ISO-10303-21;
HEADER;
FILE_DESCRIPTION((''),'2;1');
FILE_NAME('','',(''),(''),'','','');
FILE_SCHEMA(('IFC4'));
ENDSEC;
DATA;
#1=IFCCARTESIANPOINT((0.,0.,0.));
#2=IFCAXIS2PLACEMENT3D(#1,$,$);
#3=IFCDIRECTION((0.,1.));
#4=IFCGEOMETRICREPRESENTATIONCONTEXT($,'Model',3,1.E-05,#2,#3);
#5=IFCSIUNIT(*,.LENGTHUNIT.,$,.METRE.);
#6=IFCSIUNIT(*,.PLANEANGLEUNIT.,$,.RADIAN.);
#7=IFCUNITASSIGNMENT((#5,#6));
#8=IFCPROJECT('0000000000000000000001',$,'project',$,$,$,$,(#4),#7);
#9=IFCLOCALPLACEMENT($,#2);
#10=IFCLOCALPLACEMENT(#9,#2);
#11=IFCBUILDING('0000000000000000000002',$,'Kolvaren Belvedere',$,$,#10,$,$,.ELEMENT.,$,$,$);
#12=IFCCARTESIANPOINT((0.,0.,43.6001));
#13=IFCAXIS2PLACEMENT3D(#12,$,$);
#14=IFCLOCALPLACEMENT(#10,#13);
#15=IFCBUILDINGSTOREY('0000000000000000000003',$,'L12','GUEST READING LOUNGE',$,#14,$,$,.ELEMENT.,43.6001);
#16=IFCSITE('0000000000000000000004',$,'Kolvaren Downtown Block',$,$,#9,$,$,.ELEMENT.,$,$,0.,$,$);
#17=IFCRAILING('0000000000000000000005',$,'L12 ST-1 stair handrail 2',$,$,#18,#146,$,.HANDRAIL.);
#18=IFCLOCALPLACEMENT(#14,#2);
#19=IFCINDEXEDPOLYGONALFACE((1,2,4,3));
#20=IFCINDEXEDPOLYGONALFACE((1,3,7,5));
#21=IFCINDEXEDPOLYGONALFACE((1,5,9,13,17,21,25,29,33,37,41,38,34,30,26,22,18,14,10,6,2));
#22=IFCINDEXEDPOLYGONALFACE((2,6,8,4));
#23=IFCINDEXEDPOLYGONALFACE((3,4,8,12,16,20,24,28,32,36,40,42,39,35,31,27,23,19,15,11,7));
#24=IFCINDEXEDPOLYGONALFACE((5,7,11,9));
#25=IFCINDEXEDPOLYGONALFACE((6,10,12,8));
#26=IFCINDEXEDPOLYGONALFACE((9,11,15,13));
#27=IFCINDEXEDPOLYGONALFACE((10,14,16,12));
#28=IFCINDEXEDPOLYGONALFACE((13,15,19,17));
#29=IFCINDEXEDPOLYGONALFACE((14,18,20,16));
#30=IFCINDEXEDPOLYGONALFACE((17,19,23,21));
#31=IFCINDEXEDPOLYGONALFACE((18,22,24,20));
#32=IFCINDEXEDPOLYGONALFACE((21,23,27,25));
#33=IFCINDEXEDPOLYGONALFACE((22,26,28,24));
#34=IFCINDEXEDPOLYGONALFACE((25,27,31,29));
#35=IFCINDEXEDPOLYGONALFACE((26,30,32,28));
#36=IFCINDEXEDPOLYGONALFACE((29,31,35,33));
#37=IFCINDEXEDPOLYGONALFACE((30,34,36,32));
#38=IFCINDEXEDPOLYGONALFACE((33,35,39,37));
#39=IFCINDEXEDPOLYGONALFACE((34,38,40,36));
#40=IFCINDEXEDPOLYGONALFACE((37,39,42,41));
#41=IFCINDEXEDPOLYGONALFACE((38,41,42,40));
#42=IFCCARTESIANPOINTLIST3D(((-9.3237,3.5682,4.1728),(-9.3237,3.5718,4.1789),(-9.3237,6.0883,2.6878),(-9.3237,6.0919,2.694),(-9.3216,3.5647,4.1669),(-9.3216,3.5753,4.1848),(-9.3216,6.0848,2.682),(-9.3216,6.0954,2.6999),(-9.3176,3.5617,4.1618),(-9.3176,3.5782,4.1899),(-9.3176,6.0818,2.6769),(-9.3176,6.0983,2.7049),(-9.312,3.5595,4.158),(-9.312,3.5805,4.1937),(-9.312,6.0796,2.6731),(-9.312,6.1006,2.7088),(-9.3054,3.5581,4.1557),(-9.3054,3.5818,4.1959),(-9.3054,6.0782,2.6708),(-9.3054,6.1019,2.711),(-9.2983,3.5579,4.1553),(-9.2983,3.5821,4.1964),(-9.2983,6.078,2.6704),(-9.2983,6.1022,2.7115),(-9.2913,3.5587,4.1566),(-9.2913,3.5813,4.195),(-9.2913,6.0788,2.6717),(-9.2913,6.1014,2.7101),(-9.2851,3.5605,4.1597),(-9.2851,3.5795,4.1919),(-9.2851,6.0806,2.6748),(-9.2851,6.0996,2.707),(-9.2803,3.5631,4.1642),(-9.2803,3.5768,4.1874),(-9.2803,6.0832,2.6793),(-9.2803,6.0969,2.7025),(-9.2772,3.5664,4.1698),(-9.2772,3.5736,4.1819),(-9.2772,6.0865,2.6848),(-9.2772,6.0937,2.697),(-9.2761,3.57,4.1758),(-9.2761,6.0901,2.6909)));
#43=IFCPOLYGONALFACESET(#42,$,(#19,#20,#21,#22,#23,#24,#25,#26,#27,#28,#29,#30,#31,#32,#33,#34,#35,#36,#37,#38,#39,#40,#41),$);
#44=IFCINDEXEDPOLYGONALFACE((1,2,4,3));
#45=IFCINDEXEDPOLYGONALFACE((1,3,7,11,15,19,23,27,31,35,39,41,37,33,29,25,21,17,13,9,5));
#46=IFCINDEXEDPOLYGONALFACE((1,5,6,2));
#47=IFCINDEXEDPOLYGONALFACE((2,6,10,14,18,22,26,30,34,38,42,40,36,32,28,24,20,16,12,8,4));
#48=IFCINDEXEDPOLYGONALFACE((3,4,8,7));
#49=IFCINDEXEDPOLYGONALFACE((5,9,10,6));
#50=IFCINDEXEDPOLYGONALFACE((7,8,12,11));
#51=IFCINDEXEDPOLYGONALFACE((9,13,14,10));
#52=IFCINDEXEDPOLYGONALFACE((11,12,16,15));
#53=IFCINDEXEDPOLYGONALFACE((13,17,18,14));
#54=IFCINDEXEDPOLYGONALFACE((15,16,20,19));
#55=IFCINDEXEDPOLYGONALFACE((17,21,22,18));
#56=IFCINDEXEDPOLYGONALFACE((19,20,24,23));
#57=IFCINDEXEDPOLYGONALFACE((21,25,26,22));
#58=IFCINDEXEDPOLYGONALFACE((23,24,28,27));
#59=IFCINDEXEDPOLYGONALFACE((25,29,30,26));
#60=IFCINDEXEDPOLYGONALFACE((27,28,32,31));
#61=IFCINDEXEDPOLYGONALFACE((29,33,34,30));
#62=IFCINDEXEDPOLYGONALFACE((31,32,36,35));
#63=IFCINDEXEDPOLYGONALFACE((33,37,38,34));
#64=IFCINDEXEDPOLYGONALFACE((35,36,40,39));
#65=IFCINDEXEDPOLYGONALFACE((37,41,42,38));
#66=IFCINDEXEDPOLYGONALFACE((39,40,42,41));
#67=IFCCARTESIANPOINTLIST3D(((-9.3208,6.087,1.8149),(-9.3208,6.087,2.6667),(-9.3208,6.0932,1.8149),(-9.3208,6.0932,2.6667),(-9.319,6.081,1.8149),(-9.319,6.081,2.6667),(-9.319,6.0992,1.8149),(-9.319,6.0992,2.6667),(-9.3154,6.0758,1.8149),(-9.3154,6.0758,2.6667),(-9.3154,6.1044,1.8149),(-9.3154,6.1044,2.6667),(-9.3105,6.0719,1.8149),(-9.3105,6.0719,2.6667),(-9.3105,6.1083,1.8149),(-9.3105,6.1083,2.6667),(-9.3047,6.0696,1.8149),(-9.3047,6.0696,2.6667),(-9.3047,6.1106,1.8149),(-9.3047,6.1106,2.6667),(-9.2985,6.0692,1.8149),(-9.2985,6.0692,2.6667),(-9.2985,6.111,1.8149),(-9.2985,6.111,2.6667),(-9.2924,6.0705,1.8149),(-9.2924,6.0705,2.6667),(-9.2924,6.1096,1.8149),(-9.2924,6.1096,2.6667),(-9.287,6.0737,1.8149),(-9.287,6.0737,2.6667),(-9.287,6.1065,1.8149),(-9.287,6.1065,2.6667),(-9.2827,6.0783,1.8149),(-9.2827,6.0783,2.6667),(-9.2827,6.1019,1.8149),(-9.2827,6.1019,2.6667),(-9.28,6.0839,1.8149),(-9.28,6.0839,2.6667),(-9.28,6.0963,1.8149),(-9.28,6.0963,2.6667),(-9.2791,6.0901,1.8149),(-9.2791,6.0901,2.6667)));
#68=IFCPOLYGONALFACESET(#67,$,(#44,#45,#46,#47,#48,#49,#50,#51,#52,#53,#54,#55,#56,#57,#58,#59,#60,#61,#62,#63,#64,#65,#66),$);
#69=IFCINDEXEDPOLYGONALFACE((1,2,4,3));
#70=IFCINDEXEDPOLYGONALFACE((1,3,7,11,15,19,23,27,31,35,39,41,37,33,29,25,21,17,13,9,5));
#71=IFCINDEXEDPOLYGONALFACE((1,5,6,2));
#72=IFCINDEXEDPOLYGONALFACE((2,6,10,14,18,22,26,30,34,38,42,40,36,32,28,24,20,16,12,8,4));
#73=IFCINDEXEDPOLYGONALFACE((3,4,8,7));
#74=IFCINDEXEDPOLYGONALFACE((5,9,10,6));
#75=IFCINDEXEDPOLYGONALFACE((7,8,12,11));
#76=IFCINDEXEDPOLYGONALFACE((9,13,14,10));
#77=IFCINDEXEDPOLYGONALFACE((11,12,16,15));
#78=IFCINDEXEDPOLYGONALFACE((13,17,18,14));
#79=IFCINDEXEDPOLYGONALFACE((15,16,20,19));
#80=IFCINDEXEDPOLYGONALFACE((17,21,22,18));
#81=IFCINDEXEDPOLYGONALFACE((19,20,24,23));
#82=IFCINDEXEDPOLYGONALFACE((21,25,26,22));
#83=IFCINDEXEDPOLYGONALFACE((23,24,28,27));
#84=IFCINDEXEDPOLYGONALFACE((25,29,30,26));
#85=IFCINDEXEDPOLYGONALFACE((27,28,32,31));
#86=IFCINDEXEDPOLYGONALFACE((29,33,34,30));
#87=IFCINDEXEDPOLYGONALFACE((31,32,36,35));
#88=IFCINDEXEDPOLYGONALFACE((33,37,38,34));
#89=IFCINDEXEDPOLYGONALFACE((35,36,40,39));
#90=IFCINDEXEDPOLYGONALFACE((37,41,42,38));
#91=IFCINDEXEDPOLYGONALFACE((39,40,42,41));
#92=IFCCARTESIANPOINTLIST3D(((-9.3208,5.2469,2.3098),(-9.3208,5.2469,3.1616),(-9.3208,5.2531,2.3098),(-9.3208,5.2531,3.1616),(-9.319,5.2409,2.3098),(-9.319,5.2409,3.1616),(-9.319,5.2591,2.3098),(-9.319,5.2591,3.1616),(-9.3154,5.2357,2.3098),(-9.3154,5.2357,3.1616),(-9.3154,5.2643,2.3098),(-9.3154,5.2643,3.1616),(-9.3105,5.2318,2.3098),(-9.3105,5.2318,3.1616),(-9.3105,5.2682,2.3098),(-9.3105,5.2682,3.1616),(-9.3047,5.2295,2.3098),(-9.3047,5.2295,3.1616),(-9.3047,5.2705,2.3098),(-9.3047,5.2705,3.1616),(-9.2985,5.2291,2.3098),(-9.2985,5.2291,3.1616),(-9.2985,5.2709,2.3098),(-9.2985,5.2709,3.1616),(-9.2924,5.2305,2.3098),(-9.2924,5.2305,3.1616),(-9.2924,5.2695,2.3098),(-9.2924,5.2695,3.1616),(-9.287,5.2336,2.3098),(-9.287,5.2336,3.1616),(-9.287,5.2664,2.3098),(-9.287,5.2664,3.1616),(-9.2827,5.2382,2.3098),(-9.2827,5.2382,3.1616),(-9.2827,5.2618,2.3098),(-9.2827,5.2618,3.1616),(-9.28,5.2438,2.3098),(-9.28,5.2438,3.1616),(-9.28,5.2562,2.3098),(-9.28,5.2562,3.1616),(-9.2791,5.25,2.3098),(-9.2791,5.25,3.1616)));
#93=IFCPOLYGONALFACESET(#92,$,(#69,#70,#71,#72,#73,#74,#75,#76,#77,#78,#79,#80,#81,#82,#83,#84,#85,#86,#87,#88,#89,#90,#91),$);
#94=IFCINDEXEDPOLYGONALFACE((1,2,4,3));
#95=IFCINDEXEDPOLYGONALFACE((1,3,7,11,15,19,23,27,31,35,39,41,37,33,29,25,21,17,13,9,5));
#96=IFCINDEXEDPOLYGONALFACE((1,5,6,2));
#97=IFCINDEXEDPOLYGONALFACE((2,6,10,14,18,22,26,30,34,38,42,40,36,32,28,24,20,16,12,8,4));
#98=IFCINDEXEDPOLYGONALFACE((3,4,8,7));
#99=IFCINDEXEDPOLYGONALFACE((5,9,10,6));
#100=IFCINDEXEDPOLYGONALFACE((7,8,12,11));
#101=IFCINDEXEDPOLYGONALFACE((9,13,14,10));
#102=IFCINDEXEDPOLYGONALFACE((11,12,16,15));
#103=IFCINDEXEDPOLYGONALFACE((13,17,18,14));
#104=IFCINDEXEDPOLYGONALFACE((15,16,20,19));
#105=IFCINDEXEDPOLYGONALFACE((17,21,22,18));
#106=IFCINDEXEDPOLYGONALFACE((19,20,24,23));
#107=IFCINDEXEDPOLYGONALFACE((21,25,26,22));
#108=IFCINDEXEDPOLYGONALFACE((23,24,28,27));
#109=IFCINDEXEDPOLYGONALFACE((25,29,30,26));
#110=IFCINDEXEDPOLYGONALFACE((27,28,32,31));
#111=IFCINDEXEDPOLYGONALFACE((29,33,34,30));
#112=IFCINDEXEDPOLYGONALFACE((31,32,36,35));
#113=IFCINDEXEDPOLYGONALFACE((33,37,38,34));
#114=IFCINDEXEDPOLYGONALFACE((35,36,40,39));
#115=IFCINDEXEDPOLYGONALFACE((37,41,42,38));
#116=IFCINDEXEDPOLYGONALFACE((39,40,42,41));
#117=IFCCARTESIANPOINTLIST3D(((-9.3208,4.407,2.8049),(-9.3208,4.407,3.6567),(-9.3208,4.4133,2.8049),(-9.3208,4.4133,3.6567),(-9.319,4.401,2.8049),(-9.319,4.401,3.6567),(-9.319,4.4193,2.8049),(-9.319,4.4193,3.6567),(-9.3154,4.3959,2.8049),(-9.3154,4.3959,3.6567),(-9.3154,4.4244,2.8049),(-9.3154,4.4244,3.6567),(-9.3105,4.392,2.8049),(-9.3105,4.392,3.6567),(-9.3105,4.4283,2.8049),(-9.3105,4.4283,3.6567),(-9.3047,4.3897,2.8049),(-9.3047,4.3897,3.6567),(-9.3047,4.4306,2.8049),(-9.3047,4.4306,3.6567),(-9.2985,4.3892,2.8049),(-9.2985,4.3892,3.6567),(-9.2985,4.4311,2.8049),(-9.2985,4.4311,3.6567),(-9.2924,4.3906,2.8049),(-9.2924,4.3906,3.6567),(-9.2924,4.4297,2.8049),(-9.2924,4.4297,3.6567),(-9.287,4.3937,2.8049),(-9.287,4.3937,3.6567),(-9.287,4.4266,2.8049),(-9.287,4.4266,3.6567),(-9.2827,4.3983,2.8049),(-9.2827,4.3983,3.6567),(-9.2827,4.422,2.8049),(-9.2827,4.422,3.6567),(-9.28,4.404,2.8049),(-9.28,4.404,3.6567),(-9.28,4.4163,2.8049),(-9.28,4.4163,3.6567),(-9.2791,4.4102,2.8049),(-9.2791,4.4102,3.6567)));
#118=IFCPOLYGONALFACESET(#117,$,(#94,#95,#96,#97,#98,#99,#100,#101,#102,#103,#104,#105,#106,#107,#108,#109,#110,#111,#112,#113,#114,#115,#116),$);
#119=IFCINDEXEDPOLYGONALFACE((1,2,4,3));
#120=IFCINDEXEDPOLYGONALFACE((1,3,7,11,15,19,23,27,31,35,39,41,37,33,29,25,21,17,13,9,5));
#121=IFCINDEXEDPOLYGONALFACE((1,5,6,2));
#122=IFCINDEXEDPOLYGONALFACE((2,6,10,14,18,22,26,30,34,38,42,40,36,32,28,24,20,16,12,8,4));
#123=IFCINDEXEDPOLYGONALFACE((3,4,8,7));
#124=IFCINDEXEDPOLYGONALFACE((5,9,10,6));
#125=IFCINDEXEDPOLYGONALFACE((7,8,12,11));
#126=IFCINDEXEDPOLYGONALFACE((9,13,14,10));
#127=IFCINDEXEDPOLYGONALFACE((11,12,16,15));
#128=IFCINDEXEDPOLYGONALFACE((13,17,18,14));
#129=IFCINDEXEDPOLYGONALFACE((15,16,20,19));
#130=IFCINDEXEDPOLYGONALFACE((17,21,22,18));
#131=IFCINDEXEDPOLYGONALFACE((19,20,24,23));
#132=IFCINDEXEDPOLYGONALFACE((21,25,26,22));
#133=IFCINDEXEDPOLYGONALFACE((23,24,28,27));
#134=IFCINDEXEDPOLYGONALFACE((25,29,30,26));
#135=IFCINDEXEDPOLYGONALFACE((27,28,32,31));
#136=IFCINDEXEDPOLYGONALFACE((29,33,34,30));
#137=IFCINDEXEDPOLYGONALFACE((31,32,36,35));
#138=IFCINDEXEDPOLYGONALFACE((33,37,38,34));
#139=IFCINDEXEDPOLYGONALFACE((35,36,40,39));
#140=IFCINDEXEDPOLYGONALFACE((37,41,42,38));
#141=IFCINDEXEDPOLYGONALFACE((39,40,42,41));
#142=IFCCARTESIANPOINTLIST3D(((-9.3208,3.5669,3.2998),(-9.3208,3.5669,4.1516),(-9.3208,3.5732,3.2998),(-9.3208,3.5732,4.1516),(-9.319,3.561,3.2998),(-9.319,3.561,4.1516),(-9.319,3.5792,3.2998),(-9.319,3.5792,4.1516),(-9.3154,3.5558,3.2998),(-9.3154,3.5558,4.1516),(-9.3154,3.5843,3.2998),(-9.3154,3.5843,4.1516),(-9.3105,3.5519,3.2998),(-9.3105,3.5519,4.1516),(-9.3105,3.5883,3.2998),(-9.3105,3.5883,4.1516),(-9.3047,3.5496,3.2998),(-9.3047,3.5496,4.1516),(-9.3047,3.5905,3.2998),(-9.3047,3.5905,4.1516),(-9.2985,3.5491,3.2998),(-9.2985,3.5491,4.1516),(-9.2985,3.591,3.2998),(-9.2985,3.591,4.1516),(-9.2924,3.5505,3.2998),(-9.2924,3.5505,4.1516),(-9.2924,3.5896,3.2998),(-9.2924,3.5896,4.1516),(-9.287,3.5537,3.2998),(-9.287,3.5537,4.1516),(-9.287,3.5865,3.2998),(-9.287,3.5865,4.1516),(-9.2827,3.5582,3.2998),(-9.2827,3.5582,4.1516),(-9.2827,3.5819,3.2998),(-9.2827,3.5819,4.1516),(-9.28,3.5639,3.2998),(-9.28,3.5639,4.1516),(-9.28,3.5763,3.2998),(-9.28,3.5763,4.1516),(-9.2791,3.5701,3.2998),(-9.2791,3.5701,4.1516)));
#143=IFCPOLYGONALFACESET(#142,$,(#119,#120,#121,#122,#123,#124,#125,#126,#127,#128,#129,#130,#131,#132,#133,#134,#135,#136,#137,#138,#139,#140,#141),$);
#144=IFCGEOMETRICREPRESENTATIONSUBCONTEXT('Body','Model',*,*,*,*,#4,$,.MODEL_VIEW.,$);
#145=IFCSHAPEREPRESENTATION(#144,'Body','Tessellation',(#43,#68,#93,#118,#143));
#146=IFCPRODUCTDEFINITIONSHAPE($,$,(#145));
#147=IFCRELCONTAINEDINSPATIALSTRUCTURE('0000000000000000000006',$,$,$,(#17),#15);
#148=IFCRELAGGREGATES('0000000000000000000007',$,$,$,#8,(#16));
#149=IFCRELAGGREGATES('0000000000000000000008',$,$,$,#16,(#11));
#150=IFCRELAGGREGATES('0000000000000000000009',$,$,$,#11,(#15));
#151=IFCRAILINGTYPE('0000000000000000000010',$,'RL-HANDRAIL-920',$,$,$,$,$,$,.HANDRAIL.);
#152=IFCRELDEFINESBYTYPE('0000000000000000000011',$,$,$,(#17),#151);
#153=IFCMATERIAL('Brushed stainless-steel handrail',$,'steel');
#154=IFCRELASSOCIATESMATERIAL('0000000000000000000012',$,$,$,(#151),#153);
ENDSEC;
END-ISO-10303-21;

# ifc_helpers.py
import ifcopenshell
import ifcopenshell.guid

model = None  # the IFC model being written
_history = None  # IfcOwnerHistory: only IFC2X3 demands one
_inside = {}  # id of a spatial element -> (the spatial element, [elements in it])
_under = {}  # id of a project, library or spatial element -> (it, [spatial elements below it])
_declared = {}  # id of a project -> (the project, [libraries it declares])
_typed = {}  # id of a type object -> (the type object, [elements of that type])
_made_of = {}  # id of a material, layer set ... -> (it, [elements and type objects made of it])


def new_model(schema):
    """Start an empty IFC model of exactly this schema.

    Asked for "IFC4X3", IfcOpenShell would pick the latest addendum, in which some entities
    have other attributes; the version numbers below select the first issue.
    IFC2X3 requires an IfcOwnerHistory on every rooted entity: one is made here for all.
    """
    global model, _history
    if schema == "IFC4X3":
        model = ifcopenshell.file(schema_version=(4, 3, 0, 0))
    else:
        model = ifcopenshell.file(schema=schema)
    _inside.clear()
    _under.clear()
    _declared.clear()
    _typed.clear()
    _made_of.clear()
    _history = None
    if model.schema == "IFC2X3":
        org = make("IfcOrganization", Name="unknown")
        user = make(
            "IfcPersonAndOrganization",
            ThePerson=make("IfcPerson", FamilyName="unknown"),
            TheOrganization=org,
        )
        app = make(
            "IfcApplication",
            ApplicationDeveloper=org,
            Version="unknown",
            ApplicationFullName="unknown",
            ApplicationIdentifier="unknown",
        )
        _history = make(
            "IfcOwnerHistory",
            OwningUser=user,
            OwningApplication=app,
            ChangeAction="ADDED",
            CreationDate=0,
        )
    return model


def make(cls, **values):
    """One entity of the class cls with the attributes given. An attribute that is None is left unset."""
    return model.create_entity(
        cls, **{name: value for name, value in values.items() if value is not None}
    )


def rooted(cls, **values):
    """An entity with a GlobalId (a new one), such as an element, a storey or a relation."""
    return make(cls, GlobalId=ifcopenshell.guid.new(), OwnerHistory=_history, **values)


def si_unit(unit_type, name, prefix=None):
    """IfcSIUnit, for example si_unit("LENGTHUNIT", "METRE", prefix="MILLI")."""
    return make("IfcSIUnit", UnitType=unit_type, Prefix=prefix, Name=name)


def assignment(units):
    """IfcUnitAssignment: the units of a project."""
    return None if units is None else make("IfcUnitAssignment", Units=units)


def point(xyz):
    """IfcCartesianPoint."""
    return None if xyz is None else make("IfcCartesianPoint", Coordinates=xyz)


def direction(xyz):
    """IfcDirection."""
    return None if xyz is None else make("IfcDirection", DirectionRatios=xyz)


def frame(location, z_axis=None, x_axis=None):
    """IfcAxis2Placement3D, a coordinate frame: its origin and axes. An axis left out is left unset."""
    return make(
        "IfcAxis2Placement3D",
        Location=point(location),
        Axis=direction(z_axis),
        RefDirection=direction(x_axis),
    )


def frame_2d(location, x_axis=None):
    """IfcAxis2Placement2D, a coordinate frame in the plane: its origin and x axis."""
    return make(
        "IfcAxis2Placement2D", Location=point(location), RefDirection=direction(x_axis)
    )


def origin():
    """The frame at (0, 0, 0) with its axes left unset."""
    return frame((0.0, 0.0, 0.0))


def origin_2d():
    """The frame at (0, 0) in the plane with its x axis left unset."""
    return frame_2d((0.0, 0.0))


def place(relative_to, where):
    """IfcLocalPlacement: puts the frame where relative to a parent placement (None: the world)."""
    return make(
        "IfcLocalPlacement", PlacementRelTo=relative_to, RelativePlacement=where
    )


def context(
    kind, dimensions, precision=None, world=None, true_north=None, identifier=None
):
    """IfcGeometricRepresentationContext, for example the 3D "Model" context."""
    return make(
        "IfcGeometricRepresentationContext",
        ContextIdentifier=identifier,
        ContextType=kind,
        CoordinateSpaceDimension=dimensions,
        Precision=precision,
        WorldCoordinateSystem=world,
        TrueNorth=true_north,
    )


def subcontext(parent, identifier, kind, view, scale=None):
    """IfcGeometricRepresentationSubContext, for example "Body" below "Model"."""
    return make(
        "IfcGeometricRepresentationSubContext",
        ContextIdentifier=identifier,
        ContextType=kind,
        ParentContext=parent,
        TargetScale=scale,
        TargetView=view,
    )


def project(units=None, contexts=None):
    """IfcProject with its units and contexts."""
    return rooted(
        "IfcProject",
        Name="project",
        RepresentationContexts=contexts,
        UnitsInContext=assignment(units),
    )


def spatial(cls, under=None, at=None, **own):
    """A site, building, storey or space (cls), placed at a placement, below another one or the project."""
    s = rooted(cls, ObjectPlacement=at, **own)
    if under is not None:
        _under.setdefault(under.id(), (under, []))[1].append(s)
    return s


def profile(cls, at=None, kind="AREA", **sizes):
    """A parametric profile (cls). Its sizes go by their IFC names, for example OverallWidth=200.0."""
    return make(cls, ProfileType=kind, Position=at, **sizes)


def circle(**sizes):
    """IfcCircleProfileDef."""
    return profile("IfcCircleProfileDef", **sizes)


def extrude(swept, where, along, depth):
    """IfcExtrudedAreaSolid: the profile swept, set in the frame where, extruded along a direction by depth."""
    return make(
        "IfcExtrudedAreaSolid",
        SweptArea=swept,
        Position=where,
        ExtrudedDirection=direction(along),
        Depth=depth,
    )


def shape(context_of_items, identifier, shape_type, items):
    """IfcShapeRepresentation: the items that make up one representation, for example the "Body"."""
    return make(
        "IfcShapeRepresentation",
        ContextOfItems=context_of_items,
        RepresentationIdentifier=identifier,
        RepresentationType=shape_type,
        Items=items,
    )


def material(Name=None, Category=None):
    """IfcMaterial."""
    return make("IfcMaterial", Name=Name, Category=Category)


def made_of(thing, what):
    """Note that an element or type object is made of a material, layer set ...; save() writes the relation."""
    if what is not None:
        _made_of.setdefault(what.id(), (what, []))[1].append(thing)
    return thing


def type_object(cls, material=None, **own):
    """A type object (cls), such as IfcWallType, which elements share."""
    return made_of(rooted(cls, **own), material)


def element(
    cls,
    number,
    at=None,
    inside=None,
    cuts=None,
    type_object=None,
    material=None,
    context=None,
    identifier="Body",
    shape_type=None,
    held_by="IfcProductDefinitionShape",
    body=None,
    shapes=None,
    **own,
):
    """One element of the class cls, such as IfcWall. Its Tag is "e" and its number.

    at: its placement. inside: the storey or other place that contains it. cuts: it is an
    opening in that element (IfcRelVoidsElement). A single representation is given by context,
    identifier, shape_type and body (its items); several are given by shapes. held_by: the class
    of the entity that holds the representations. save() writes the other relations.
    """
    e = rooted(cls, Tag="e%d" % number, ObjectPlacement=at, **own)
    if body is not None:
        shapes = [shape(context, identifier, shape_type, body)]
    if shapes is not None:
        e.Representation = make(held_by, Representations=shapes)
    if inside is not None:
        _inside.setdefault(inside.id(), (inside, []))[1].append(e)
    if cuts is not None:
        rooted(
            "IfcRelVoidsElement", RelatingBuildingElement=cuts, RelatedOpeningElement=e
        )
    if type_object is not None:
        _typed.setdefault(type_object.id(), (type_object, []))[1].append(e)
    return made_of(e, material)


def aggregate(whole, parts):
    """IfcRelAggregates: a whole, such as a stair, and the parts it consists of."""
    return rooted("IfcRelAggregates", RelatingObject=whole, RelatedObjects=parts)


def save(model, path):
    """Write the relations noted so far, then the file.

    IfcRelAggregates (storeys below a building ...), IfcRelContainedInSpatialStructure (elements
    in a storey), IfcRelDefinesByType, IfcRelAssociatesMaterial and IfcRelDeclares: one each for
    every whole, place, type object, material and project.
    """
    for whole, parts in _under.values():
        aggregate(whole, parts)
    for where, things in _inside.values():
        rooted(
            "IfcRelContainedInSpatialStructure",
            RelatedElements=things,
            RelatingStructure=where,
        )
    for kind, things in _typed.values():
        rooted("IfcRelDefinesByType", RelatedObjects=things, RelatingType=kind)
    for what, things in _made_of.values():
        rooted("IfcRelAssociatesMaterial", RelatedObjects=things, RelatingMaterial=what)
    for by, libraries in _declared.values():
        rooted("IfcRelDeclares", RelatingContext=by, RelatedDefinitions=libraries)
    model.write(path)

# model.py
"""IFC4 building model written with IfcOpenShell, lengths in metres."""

from ifc_helpers import new_model, si_unit, direction, frame, origin, origin_2d, place, context, subcontext, project, spatial, circle, extrude, material, type_object, element, save


model = new_model("IFC4")

# Units and contexts
model_context = context("Model", 3, precision=1e-05, world=origin(), true_north=direction((0.0, 1.0)))
body_context = subcontext(model_context, "Body", "Model", "MODEL_VIEW")
ifc_project = project(units=[si_unit("LENGTHUNIT", "METRE"), si_unit("PLANEANGLEUNIT", "RADIAN")], contexts=[model_context])

# Site, building, storey
site_placement = place(None, origin())
site = spatial("IfcSite", under=ifc_project, at=site_placement, Name="Kolvaren Downtown Block", CompositionType="ELEMENT", RefElevation=0.0)
building_placement = place(site_placement, origin())
building = spatial("IfcBuilding", under=site, at=building_placement, Name="Kolvaren Belvedere", CompositionType="ELEMENT")
storey_placement = place(building_placement, frame((0.0, 0.0, 43.6001)))
storey = spatial("IfcBuildingStorey", under=building, at=storey_placement, Name="L12", Description="GUEST READING LOUNGE", CompositionType="ELEMENT", Elevation=43.6001)

# Railing
ifc_material_1 = material(Name="Brushed stainless-steel handrail", Category="steel")
railing_type_1 = type_object("IfcRailingType", Name="RL-HANDRAIL-920", PredefinedType="HANDRAIL", material=ifc_material_1)
railing_1_placement = place(storey_placement, frame((-9.3, 6.0901, 1.8149)))
element("IfcRailing", 1, at=railing_1_placement, inside=storey, type_object=railing_type_1, Name="L12 ST-1 stair handrail 2", PredefinedType="HANDRAIL", context=body_context, shape_type="SweptSolid", body=[
    extrude(circle(Radius=0.0239, at=origin_2d()), frame((0.0, 0.0, 0.876), z_axis=(0.0, -0.861561, 0.507655), x_axis=(1.0, 0.0, 0.0)), (0.0, 0.0, 1.0), 2.925),
    extrude(circle(Radius=0.021, at=origin_2d()), origin(), (0.0, 0.0, 1.0), 0.8518),
    extrude(circle(Radius=0.021, at=origin_2d()), frame((0.0, -0.8401, 0.4949)), (0.0, 0.0, 1.0), 0.8518),
    extrude(circle(Radius=0.021, at=origin_2d()), frame((0.0, -1.6799, 0.99)), (0.0, 0.0, 1.0), 0.8518),
    extrude(circle(Radius=0.021, at=origin_2d()), frame((0.0, -2.52, 1.4849)), (0.0, 0.0, 1.0), 0.8518),
])

save(model, "model.ifc")
